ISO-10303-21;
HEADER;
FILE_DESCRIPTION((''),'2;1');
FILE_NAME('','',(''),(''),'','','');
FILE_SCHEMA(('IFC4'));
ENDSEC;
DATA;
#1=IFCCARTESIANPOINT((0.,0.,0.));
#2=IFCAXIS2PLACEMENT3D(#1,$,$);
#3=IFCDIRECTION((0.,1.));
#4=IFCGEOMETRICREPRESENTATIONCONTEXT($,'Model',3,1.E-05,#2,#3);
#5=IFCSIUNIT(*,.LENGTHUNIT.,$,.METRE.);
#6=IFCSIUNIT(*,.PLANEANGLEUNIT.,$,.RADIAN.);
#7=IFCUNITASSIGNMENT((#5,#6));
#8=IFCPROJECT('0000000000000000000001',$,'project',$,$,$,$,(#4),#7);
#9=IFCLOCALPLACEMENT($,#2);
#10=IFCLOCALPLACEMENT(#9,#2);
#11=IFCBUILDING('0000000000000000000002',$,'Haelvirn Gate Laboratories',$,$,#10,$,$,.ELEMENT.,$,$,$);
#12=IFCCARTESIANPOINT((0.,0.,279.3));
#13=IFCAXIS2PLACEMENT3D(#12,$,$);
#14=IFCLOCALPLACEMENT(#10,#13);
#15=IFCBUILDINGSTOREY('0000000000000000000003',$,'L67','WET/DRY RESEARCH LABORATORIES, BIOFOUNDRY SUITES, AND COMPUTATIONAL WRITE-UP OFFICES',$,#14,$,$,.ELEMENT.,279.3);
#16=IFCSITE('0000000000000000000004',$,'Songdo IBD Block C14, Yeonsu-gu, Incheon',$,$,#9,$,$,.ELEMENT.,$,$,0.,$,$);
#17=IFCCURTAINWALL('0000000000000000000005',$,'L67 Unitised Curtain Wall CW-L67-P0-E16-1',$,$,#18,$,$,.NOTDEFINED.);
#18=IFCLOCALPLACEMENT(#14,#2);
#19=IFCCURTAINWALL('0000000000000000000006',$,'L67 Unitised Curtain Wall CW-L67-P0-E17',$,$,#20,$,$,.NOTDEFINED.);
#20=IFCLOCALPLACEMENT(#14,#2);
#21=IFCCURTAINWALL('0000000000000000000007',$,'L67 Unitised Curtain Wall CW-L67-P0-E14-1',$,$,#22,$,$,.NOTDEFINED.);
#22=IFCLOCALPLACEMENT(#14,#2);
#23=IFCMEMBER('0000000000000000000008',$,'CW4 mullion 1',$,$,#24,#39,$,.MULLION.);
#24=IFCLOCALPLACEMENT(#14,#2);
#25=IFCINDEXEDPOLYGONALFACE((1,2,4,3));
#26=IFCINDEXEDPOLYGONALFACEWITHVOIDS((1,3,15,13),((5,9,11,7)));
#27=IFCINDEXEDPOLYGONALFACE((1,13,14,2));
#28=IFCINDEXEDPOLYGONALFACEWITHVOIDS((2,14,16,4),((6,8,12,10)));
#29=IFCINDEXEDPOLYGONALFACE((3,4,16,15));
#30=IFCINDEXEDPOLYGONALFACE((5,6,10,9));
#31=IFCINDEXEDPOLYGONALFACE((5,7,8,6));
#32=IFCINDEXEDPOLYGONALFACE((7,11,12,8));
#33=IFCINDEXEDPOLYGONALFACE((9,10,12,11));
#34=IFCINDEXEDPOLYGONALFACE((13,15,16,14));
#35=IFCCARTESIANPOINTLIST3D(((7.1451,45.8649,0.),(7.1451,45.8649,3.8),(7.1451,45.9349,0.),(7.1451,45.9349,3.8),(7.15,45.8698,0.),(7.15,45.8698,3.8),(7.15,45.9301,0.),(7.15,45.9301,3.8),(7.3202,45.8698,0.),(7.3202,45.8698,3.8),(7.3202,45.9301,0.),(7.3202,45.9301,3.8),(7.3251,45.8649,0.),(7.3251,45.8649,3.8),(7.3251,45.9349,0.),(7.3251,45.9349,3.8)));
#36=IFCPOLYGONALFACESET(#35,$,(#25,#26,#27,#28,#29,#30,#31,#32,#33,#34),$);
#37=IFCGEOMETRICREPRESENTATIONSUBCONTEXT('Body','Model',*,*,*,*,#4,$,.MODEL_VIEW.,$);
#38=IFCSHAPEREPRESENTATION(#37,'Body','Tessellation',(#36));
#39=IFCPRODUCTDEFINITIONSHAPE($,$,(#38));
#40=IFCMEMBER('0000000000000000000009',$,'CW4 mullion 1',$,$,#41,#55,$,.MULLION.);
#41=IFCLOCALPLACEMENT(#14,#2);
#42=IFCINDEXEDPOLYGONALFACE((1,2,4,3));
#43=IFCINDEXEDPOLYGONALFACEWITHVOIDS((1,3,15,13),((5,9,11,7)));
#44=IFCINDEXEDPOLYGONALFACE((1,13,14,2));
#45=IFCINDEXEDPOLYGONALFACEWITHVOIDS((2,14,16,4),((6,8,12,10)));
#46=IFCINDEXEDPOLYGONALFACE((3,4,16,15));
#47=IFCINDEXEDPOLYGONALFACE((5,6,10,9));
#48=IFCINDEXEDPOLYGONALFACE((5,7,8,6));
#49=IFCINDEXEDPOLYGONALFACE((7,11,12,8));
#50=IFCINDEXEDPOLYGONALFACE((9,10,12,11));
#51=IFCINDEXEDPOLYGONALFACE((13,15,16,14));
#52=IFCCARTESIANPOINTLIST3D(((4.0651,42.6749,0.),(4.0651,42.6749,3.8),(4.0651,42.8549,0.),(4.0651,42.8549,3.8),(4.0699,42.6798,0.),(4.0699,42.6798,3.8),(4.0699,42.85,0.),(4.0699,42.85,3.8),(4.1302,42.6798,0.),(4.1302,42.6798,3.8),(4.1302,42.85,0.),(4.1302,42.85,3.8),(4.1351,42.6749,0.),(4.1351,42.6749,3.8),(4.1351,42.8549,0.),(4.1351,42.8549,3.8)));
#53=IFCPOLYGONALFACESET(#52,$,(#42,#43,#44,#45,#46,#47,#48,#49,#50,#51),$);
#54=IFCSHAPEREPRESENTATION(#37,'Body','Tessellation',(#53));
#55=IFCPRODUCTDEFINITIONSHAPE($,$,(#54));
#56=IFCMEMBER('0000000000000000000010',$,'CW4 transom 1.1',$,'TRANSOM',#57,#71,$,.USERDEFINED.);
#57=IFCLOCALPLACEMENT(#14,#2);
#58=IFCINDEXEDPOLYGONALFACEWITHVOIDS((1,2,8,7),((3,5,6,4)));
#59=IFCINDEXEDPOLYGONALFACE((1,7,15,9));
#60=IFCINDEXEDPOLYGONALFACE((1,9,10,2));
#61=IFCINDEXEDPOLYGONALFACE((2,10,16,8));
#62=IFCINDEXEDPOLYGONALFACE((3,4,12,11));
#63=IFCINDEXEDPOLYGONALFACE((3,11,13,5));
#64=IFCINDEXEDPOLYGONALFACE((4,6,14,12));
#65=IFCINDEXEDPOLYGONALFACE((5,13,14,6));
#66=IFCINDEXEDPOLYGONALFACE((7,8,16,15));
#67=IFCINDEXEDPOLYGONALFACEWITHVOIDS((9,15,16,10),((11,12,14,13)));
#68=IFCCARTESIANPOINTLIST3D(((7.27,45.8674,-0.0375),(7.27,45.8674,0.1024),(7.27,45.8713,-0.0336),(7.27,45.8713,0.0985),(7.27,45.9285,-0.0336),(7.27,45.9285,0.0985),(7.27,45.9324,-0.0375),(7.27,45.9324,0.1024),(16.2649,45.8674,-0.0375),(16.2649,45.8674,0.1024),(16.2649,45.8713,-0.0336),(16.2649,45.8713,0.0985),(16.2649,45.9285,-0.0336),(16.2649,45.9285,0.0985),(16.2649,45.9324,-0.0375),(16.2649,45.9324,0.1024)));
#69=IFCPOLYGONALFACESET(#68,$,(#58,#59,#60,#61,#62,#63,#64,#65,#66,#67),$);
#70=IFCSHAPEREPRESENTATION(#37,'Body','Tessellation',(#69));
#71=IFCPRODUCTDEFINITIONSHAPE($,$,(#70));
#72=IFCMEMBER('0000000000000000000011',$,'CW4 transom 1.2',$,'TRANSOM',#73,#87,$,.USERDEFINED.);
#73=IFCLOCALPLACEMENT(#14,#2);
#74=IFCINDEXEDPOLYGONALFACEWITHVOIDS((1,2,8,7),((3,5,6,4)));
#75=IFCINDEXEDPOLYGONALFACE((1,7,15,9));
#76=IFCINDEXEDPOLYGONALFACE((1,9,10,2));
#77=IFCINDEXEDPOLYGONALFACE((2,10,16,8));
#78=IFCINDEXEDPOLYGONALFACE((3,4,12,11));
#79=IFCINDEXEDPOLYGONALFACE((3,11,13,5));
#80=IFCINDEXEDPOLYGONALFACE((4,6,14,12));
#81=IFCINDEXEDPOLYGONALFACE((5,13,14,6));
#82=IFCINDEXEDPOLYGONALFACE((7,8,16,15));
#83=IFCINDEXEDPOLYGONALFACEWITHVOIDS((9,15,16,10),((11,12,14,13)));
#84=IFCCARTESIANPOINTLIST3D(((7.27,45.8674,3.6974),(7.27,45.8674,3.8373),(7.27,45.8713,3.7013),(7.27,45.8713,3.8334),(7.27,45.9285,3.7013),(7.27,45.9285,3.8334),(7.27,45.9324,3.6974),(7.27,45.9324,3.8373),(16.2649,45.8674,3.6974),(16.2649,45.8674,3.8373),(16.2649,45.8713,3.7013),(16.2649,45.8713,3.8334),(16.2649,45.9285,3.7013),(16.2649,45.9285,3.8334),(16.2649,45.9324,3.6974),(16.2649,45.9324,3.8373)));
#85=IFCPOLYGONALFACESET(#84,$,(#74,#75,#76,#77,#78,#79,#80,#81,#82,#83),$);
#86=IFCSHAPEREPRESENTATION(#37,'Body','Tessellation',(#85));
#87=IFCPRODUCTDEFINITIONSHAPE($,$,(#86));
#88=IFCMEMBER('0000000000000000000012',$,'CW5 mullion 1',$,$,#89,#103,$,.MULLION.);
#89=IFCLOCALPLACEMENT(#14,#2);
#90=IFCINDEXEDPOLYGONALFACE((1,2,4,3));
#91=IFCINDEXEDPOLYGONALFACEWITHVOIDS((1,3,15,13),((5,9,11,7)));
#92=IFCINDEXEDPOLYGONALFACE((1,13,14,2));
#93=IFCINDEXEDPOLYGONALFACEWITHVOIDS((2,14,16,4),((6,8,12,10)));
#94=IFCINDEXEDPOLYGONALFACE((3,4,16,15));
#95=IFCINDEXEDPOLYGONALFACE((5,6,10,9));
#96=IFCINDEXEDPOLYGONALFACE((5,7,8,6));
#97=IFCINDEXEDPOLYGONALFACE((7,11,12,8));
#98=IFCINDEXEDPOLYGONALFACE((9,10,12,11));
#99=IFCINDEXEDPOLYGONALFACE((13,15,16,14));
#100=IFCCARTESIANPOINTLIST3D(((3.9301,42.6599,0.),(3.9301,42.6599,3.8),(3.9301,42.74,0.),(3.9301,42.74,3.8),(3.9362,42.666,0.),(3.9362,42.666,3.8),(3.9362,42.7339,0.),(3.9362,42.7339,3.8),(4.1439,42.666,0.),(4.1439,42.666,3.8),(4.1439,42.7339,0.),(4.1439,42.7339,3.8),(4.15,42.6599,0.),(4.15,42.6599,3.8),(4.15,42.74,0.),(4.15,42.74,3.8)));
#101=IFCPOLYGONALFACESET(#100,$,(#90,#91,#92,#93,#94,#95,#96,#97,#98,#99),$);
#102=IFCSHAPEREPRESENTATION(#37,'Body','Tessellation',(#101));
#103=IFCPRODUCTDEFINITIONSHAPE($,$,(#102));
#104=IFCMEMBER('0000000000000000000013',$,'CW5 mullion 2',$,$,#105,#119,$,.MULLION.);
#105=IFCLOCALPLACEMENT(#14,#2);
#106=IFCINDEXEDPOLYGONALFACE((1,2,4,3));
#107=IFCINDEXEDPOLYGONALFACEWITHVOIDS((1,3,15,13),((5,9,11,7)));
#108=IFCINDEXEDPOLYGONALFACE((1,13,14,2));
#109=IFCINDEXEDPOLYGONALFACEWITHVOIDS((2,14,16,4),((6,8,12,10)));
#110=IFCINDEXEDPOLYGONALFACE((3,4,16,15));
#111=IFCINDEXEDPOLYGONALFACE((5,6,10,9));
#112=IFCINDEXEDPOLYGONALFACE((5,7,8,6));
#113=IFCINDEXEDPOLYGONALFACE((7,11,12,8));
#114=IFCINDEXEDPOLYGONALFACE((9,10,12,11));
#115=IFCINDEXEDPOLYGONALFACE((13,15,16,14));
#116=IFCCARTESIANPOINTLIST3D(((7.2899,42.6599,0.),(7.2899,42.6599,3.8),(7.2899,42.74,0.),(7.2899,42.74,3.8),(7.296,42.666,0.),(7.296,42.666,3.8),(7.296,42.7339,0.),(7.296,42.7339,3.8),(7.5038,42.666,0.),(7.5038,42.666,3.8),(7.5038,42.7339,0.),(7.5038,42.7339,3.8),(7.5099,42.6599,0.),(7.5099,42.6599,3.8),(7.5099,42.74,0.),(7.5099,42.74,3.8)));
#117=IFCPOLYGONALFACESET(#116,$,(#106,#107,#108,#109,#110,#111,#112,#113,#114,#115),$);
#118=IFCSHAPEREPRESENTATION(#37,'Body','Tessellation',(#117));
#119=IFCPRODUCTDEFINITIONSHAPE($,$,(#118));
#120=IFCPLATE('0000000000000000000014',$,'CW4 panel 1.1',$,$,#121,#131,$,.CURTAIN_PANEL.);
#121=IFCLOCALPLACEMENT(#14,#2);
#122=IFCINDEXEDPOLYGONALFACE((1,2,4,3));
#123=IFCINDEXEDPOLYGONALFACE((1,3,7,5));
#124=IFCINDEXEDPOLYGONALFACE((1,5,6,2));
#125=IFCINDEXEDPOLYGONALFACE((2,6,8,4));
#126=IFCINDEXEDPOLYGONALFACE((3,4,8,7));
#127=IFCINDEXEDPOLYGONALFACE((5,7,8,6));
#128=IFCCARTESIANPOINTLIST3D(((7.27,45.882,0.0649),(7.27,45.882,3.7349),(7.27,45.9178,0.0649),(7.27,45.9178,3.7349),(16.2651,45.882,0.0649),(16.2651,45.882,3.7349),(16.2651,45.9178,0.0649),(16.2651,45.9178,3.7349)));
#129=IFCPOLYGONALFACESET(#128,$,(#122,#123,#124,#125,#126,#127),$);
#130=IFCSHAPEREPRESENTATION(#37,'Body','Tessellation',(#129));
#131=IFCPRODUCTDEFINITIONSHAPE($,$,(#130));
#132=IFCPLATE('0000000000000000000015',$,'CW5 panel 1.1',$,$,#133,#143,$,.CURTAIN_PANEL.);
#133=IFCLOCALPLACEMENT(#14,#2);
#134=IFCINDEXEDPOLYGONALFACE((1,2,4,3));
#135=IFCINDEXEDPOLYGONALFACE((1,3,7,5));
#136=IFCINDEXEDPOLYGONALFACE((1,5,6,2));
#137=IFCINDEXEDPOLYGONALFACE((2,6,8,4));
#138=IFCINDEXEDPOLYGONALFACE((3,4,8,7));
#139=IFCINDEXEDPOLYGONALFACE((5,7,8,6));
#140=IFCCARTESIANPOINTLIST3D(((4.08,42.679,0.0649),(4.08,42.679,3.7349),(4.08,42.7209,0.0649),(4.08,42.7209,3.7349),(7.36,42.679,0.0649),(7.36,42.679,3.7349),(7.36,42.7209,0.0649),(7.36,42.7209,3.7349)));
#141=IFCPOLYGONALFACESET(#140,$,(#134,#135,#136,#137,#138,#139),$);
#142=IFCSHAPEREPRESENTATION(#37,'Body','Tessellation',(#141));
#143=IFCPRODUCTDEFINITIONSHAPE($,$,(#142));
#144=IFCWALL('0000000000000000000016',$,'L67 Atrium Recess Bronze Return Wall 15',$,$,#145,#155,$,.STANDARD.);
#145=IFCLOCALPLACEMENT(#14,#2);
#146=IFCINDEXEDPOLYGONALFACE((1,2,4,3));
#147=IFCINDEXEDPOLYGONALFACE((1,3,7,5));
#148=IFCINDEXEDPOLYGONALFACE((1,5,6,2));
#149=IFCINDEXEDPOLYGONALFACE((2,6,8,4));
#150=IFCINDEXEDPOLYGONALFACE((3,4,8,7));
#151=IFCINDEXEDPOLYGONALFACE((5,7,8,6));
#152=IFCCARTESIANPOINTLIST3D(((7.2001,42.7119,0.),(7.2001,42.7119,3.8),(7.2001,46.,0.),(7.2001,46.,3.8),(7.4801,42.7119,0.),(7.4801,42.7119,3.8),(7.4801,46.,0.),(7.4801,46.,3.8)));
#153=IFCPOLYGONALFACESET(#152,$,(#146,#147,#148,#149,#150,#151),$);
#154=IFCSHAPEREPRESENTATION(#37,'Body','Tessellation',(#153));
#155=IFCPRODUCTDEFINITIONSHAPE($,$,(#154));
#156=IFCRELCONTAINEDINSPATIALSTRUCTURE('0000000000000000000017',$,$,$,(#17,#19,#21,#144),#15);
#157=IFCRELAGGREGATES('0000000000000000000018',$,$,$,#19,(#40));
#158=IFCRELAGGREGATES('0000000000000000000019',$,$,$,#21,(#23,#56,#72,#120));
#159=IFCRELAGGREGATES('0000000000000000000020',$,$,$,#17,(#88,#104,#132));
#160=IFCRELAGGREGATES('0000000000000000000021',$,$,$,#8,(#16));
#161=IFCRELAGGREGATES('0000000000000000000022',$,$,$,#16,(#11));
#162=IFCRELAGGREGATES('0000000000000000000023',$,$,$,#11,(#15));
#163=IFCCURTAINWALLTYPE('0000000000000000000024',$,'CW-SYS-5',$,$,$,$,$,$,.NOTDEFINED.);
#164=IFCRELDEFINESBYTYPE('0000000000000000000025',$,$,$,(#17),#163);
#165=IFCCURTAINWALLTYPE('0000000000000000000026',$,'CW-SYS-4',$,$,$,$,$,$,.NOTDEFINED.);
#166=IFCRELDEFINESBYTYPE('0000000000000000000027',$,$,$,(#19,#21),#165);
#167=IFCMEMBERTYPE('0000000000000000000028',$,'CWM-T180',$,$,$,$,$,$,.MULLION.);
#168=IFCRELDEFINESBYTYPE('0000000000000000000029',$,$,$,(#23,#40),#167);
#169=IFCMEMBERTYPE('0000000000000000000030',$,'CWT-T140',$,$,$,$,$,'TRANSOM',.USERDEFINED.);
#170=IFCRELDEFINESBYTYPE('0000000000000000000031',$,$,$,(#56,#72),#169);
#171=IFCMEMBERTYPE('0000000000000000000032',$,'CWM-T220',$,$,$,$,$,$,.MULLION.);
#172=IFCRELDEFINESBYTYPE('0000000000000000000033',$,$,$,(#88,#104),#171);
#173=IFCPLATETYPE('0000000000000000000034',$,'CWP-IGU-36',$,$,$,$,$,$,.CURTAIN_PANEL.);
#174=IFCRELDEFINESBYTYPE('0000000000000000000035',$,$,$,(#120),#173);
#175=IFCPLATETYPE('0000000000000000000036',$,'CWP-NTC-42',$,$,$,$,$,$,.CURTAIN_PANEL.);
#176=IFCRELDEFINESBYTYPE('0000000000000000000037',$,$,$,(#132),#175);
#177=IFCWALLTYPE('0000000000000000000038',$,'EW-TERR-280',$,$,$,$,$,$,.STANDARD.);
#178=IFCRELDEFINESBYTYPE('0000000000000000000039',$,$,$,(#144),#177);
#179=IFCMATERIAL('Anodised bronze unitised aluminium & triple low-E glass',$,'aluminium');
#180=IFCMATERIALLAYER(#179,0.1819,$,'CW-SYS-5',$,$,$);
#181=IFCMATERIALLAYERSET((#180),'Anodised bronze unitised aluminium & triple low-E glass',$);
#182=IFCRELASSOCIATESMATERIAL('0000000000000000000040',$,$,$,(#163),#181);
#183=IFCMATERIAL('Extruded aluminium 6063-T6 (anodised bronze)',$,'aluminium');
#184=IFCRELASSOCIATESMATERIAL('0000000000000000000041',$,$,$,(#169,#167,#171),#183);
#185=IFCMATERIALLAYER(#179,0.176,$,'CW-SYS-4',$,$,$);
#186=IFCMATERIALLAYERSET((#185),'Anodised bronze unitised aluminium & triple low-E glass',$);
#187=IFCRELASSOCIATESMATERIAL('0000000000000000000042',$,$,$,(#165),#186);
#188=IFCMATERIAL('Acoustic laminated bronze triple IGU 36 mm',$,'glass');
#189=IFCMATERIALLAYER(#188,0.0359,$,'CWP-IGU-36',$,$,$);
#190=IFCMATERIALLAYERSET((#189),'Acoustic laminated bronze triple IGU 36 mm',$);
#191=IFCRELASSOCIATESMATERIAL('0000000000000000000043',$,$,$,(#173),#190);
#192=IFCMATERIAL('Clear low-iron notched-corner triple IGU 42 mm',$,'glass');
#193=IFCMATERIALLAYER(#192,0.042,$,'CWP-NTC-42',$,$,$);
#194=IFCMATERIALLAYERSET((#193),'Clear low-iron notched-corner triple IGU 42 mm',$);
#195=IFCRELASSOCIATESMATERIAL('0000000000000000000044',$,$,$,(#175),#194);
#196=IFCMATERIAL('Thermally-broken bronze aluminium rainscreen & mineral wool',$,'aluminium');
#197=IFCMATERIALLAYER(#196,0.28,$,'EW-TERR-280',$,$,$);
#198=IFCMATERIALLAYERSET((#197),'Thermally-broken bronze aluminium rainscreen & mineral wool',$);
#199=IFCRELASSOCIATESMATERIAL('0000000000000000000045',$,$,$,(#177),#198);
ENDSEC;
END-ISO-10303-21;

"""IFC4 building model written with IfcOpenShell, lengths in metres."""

from ifc_helpers import new_model, si_unit, direction, frame, frame_2d, origin, origin_2d, place, context, subcontext, project, spatial, rectangle, hollow_rectangle, extrude, source, transform, mapped, material, layer, layer_set, material_profile, profile_set, type_object, type_shapes, element, aggregate, save


model = new_model("IFC4")

# Units and contexts
model_context = context("Model", 3, precision=1e-05, world=origin(), true_north=direction((0.0, 1.0)))
body_context = subcontext(model_context, "Body", "Model", "MODEL_VIEW")
ifc_project = project(units=[si_unit("LENGTHUNIT", "METRE"), si_unit("PLANEANGLEUNIT", "RADIAN")], contexts=[model_context])

# Site, building, storey
site_placement = place(None, origin())
site = spatial("IfcSite", under=ifc_project, at=site_placement, Name="Songdo IBD Block C14, Yeonsu-gu, Incheon", CompositionType="ELEMENT", RefElevation=0.0)
building_placement = place(site_placement, origin())
building = spatial("IfcBuilding", under=site, at=building_placement, Name="Haelvirn Gate Laboratories", CompositionType="ELEMENT")
storey_placement = place(building_placement, frame((0.0, 0.0, 279.3)))
storey = spatial("IfcBuildingStorey", under=building, at=storey_placement, Name="L67", Description="WET/DRY RESEARCH LABORATORIES, BIOFOUNDRY SUITES, AND COMPUTATIONAL WRITE-UP OFFICES", CompositionType="ELEMENT", Elevation=279.3)

# Curtain walls
ifc_material_1 = material(Name="Anodised bronze unitised aluminium & triple low-E glass", Category="aluminium")
ifc_layer_1 = layer(ifc_material_1, 0.1819, Name="CW-SYS-5")
ifc_layer_set_1 = layer_set([ifc_layer_1], Name="Anodised bronze unitised aluminium & triple low-E glass")
curtain_wall_type_1 = type_object("IfcCurtainWallType", Name="CW-SYS-5", PredefinedType="NOTDEFINED", material=ifc_layer_set_1)
curtain_wall_1_placement = place(storey_placement, origin())
curtain_wall_1 = element("IfcCurtainWall", 1, at=curtain_wall_1_placement, inside=storey, type_object=curtain_wall_type_1, Name="L67 Unitised Curtain Wall CW-L67-P0-E16-1", PredefinedType="NOTDEFINED")
ifc_material_2 = material(Name="Extruded aluminium 6063-T6 (anodised bronze)", Category="aluminium")
ifc_material_profile_1 = material_profile(ifc_material_2, hollow_rectangle(XDim=0.0649, YDim=0.1399, WallThickness=0.0039, at=origin_2d()), Name="CWT-140x65x4")
ifc_profile_set_1 = profile_set([ifc_material_profile_1], Name="Extruded aluminium 6063-T6 (anodised bronze)")
member_type_1 = type_object("IfcMemberType", Name="CWT-T140", ElementType="TRANSOM", PredefinedType="USERDEFINED", material=ifc_profile_set_1)
ifc_layer_2 = layer(ifc_material_1, 0.176, Name="CW-SYS-4")
ifc_layer_set_2 = layer_set([ifc_layer_2], Name="Anodised bronze unitised aluminium & triple low-E glass")
curtain_wall_type_2 = type_object("IfcCurtainWallType", Name="CW-SYS-4", PredefinedType="NOTDEFINED", material=ifc_layer_set_2)
curtain_wall_2_placement = place(storey_placement, origin())
curtain_wall_2 = element("IfcCurtainWall", 2, at=curtain_wall_2_placement, inside=storey, type_object=curtain_wall_type_2, Name="L67 Unitised Curtain Wall CW-L67-P0-E17", PredefinedType="NOTDEFINED")

# Curtain wall, member
curtain_wall_3_placement = place(storey_placement, origin())
curtain_wall_3 = element("IfcCurtainWall", 3, at=curtain_wall_3_placement, inside=storey, type_object=curtain_wall_type_2, Name="L67 Unitised Curtain Wall CW-L67-P0-E14-1", PredefinedType="NOTDEFINED")
ifc_material_profile_2 = material_profile(ifc_material_2, hollow_rectangle(XDim=0.0701, YDim=0.1799, WallThickness=0.0049, at=origin_2d()), Name="CWM-180x70x5")
ifc_profile_set_2 = profile_set([ifc_material_profile_2], Name="Extruded aluminium 6063-T6 (anodised bronze)")
member_type_2 = type_object("IfcMemberType", Name="CWM-T180", PredefinedType="MULLION", material=ifc_profile_set_2)
shared_shape_1 = source(origin(), body_context, "Body", "SweptSolid", [
    extrude(hollow_rectangle(XDim=0.0701, YDim=0.1799, WallThickness=0.0049, at=origin_2d()), origin(), (0.0, 0.0, 1.0), 3.8),
])
type_shapes(member_type_2, [shared_shape_1])
member_1_placement = place(storey_placement, frame((7.2351, 45.8999, 0.0), z_axis=(0.0, 0.0, 1.0), x_axis=(0.0, 1.0, 0.0)))
member_1 = element("IfcMember", 4, at=member_1_placement, type_object=member_type_2, Name="CW4 mullion 1", PredefinedType="MULLION", context=body_context, shape_type="MappedRepresentation", body=[
    mapped(shared_shape_1, transform((0.0, 0.0, 0.0), scale=1.0)),
])

# Members
member_2_placement = place(storey_placement, frame((4.1001, 42.7649, 0.0), z_axis=(0.0, 0.0, 1.0), x_axis=(1.0, 0.0, 0.0)))
member_2 = element("IfcMember", 5, at=member_2_placement, type_object=member_type_2, Name="CW4 mullion 1", PredefinedType="MULLION", context=body_context, shape_type="MappedRepresentation", body=[
    mapped(shared_shape_1, transform((0.0, 0.0, 0.0), scale=1.0)),
])
aggregate(curtain_wall_2, [member_2])
shared_shape_2 = source(origin(), body_context, "Body", "SweptSolid", [
    extrude(hollow_rectangle(XDim=0.0649, YDim=0.1399, WallThickness=0.0039, at=origin_2d()), origin(), (0.0, 0.0, 1.0), 8.9949),
])
member_3_placement = place(storey_placement, frame((7.27, 45.8999, 0.0325), z_axis=(1.0, 0.0, 0.0), x_axis=(0.0, 1.0, 0.0)))
member_3 = element("IfcMember", 6, at=member_3_placement, type_object=member_type_1, Name="CW4 transom 1.1", ObjectType="TRANSOM", PredefinedType="USERDEFINED", context=body_context, shape_type="MappedRepresentation", body=[
    mapped(shared_shape_2, transform((0.0, 0.0, 0.0), scale=1.0)),
])
member_4_placement = place(storey_placement, frame((7.27, 45.8999, 3.7673), z_axis=(1.0, 0.0, 0.0), x_axis=(0.0, 1.0, 0.0)))
member_4 = element("IfcMember", 7, at=member_4_placement, type_object=member_type_1, Name="CW4 transom 1.2", ObjectType="TRANSOM", PredefinedType="USERDEFINED", context=body_context, shape_type="MappedRepresentation", body=[
    mapped(shared_shape_2, transform((0.0, 0.0, 0.0), scale=1.0)),
])
ifc_material_profile_3 = material_profile(ifc_material_2, hollow_rectangle(XDim=0.0801, YDim=0.22, WallThickness=0.0061, at=origin_2d()), Name="CWM-220x80x6")
ifc_profile_set_3 = profile_set([ifc_material_profile_3], Name="Extruded aluminium 6063-T6 (anodised bronze)")
member_type_3 = type_object("IfcMemberType", Name="CWM-T220", PredefinedType="MULLION", material=ifc_profile_set_3)
shared_shape_3 = source(origin(), body_context, "Body", "SweptSolid", [
    extrude(hollow_rectangle(XDim=0.0801, YDim=0.22, WallThickness=0.0061, at=origin_2d()), origin(), (0.0, 0.0, 1.0), 3.8),
])
type_shapes(member_type_3, [shared_shape_3])
member_5_placement = place(storey_placement, frame((4.04, 42.7, 0.0), z_axis=(0.0, 0.0, 1.0), x_axis=(0.0, 1.0, 0.0)))
member_5 = element("IfcMember", 8, at=member_5_placement, type_object=member_type_3, Name="CW5 mullion 1", PredefinedType="MULLION", context=body_context, shape_type="MappedRepresentation", body=[
    mapped(shared_shape_3, transform((0.0, 0.0, 0.0), scale=1.0)),
])
member_6_placement = place(storey_placement, frame((7.3999, 42.7, 0.0), z_axis=(0.0, 0.0, 1.0), x_axis=(0.0, 1.0, 0.0)))
member_6 = element("IfcMember", 9, at=member_6_placement, type_object=member_type_3, Name="CW5 mullion 2", PredefinedType="MULLION", context=body_context, shape_type="MappedRepresentation", body=[
    mapped(shared_shape_3, transform((0.0, 0.0, 0.0), scale=1.0)),
])

# Plates
ifc_material_3 = material(Name="Acoustic laminated bronze triple IGU 36 mm", Category="glass")
ifc_layer_3 = layer(ifc_material_3, 0.0359, Name="CWP-IGU-36")
ifc_layer_set_3 = layer_set([ifc_layer_3], Name="Acoustic laminated bronze triple IGU 36 mm")
plate_type_1 = type_object("IfcPlateType", Name="CWP-IGU-36", PredefinedType="CURTAIN_PANEL", material=ifc_layer_set_3)
shared_shape_4 = source(origin(), body_context, "Body", "SweptSolid", [
    extrude(rectangle(XDim=8.9951, YDim=0.0359, at=origin_2d()), origin(), (0.0, 0.0, 1.0), 3.6699),
])
type_shapes(plate_type_1, [shared_shape_4])
plate_1_placement = place(storey_placement, frame((11.7676, 45.8999, 0.0649), z_axis=(0.0, 0.0, 1.0), x_axis=(1.0, 0.0, 0.0)))
plate_1 = element("IfcPlate", 10, at=plate_1_placement, type_object=plate_type_1, Name="CW4 panel 1.1", PredefinedType="CURTAIN_PANEL", context=body_context, shape_type="MappedRepresentation", body=[
    mapped(shared_shape_4, transform((0.0, 0.0, 0.0), scale=1.0)),
])
aggregate(curtain_wall_3, [member_1, member_3, member_4, plate_1])
ifc_material_4 = material(Name="Clear low-iron notched-corner triple IGU 42 mm", Category="glass")
ifc_layer_4 = layer(ifc_material_4, 0.042, Name="CWP-NTC-42")
ifc_layer_set_4 = layer_set([ifc_layer_4], Name="Clear low-iron notched-corner triple IGU 42 mm")
plate_type_2 = type_object("IfcPlateType", Name="CWP-NTC-42", PredefinedType="CURTAIN_PANEL", material=ifc_layer_set_4)
shared_shape_5 = source(origin(), body_context, "Body", "SweptSolid", [
    extrude(rectangle(XDim=3.28, YDim=0.042, at=origin_2d()), origin(), (0.0, 0.0, 1.0), 3.6699),
])
type_shapes(plate_type_2, [shared_shape_5])
plate_2_placement = place(storey_placement, frame((5.72, 42.7, 0.0649), z_axis=(0.0, 0.0, 1.0), x_axis=(1.0, 0.0, 0.0)))
plate_2 = element("IfcPlate", 11, at=plate_2_placement, type_object=plate_type_2, Name="CW5 panel 1.1", PredefinedType="CURTAIN_PANEL", context=body_context, shape_type="MappedRepresentation", body=[
    mapped(shared_shape_5, transform((0.0, 0.0, 0.0), scale=1.0)),
])
aggregate(curtain_wall_1, [member_5, member_6, plate_2])

# Wall
ifc_material_5 = material(Name="Thermally-broken bronze aluminium rainscreen & mineral wool", Category="aluminium")
ifc_layer_5 = layer(ifc_material_5, 0.28, Name="EW-TERR-280")
ifc_layer_set_5 = layer_set([ifc_layer_5], Name="Thermally-broken bronze aluminium rainscreen & mineral wool")
wall_type_1 = type_object("IfcWallType", Name="EW-TERR-280", PredefinedType="STANDARD", material=ifc_layer_set_5)
wall_1_placement = place(storey_placement, frame((7.3401, 46.0, 0.0), z_axis=(0.0, 0.0, 1.0), x_axis=(0.0, -1.0, 0.0)))
element("IfcWall", 12, at=wall_1_placement, inside=storey, type_object=wall_type_1, Name="L67 Atrium Recess Bronze Return Wall 15", PredefinedType="STANDARD", context=body_context, shape_type="SweptSolid", body=[
    extrude(rectangle(XDim=3.2881, YDim=0.28, at=frame_2d((1.644, 0.0))), origin(), (0.0, 0.0, 1.0), 3.8),
])

save(model, "model.ifc")
